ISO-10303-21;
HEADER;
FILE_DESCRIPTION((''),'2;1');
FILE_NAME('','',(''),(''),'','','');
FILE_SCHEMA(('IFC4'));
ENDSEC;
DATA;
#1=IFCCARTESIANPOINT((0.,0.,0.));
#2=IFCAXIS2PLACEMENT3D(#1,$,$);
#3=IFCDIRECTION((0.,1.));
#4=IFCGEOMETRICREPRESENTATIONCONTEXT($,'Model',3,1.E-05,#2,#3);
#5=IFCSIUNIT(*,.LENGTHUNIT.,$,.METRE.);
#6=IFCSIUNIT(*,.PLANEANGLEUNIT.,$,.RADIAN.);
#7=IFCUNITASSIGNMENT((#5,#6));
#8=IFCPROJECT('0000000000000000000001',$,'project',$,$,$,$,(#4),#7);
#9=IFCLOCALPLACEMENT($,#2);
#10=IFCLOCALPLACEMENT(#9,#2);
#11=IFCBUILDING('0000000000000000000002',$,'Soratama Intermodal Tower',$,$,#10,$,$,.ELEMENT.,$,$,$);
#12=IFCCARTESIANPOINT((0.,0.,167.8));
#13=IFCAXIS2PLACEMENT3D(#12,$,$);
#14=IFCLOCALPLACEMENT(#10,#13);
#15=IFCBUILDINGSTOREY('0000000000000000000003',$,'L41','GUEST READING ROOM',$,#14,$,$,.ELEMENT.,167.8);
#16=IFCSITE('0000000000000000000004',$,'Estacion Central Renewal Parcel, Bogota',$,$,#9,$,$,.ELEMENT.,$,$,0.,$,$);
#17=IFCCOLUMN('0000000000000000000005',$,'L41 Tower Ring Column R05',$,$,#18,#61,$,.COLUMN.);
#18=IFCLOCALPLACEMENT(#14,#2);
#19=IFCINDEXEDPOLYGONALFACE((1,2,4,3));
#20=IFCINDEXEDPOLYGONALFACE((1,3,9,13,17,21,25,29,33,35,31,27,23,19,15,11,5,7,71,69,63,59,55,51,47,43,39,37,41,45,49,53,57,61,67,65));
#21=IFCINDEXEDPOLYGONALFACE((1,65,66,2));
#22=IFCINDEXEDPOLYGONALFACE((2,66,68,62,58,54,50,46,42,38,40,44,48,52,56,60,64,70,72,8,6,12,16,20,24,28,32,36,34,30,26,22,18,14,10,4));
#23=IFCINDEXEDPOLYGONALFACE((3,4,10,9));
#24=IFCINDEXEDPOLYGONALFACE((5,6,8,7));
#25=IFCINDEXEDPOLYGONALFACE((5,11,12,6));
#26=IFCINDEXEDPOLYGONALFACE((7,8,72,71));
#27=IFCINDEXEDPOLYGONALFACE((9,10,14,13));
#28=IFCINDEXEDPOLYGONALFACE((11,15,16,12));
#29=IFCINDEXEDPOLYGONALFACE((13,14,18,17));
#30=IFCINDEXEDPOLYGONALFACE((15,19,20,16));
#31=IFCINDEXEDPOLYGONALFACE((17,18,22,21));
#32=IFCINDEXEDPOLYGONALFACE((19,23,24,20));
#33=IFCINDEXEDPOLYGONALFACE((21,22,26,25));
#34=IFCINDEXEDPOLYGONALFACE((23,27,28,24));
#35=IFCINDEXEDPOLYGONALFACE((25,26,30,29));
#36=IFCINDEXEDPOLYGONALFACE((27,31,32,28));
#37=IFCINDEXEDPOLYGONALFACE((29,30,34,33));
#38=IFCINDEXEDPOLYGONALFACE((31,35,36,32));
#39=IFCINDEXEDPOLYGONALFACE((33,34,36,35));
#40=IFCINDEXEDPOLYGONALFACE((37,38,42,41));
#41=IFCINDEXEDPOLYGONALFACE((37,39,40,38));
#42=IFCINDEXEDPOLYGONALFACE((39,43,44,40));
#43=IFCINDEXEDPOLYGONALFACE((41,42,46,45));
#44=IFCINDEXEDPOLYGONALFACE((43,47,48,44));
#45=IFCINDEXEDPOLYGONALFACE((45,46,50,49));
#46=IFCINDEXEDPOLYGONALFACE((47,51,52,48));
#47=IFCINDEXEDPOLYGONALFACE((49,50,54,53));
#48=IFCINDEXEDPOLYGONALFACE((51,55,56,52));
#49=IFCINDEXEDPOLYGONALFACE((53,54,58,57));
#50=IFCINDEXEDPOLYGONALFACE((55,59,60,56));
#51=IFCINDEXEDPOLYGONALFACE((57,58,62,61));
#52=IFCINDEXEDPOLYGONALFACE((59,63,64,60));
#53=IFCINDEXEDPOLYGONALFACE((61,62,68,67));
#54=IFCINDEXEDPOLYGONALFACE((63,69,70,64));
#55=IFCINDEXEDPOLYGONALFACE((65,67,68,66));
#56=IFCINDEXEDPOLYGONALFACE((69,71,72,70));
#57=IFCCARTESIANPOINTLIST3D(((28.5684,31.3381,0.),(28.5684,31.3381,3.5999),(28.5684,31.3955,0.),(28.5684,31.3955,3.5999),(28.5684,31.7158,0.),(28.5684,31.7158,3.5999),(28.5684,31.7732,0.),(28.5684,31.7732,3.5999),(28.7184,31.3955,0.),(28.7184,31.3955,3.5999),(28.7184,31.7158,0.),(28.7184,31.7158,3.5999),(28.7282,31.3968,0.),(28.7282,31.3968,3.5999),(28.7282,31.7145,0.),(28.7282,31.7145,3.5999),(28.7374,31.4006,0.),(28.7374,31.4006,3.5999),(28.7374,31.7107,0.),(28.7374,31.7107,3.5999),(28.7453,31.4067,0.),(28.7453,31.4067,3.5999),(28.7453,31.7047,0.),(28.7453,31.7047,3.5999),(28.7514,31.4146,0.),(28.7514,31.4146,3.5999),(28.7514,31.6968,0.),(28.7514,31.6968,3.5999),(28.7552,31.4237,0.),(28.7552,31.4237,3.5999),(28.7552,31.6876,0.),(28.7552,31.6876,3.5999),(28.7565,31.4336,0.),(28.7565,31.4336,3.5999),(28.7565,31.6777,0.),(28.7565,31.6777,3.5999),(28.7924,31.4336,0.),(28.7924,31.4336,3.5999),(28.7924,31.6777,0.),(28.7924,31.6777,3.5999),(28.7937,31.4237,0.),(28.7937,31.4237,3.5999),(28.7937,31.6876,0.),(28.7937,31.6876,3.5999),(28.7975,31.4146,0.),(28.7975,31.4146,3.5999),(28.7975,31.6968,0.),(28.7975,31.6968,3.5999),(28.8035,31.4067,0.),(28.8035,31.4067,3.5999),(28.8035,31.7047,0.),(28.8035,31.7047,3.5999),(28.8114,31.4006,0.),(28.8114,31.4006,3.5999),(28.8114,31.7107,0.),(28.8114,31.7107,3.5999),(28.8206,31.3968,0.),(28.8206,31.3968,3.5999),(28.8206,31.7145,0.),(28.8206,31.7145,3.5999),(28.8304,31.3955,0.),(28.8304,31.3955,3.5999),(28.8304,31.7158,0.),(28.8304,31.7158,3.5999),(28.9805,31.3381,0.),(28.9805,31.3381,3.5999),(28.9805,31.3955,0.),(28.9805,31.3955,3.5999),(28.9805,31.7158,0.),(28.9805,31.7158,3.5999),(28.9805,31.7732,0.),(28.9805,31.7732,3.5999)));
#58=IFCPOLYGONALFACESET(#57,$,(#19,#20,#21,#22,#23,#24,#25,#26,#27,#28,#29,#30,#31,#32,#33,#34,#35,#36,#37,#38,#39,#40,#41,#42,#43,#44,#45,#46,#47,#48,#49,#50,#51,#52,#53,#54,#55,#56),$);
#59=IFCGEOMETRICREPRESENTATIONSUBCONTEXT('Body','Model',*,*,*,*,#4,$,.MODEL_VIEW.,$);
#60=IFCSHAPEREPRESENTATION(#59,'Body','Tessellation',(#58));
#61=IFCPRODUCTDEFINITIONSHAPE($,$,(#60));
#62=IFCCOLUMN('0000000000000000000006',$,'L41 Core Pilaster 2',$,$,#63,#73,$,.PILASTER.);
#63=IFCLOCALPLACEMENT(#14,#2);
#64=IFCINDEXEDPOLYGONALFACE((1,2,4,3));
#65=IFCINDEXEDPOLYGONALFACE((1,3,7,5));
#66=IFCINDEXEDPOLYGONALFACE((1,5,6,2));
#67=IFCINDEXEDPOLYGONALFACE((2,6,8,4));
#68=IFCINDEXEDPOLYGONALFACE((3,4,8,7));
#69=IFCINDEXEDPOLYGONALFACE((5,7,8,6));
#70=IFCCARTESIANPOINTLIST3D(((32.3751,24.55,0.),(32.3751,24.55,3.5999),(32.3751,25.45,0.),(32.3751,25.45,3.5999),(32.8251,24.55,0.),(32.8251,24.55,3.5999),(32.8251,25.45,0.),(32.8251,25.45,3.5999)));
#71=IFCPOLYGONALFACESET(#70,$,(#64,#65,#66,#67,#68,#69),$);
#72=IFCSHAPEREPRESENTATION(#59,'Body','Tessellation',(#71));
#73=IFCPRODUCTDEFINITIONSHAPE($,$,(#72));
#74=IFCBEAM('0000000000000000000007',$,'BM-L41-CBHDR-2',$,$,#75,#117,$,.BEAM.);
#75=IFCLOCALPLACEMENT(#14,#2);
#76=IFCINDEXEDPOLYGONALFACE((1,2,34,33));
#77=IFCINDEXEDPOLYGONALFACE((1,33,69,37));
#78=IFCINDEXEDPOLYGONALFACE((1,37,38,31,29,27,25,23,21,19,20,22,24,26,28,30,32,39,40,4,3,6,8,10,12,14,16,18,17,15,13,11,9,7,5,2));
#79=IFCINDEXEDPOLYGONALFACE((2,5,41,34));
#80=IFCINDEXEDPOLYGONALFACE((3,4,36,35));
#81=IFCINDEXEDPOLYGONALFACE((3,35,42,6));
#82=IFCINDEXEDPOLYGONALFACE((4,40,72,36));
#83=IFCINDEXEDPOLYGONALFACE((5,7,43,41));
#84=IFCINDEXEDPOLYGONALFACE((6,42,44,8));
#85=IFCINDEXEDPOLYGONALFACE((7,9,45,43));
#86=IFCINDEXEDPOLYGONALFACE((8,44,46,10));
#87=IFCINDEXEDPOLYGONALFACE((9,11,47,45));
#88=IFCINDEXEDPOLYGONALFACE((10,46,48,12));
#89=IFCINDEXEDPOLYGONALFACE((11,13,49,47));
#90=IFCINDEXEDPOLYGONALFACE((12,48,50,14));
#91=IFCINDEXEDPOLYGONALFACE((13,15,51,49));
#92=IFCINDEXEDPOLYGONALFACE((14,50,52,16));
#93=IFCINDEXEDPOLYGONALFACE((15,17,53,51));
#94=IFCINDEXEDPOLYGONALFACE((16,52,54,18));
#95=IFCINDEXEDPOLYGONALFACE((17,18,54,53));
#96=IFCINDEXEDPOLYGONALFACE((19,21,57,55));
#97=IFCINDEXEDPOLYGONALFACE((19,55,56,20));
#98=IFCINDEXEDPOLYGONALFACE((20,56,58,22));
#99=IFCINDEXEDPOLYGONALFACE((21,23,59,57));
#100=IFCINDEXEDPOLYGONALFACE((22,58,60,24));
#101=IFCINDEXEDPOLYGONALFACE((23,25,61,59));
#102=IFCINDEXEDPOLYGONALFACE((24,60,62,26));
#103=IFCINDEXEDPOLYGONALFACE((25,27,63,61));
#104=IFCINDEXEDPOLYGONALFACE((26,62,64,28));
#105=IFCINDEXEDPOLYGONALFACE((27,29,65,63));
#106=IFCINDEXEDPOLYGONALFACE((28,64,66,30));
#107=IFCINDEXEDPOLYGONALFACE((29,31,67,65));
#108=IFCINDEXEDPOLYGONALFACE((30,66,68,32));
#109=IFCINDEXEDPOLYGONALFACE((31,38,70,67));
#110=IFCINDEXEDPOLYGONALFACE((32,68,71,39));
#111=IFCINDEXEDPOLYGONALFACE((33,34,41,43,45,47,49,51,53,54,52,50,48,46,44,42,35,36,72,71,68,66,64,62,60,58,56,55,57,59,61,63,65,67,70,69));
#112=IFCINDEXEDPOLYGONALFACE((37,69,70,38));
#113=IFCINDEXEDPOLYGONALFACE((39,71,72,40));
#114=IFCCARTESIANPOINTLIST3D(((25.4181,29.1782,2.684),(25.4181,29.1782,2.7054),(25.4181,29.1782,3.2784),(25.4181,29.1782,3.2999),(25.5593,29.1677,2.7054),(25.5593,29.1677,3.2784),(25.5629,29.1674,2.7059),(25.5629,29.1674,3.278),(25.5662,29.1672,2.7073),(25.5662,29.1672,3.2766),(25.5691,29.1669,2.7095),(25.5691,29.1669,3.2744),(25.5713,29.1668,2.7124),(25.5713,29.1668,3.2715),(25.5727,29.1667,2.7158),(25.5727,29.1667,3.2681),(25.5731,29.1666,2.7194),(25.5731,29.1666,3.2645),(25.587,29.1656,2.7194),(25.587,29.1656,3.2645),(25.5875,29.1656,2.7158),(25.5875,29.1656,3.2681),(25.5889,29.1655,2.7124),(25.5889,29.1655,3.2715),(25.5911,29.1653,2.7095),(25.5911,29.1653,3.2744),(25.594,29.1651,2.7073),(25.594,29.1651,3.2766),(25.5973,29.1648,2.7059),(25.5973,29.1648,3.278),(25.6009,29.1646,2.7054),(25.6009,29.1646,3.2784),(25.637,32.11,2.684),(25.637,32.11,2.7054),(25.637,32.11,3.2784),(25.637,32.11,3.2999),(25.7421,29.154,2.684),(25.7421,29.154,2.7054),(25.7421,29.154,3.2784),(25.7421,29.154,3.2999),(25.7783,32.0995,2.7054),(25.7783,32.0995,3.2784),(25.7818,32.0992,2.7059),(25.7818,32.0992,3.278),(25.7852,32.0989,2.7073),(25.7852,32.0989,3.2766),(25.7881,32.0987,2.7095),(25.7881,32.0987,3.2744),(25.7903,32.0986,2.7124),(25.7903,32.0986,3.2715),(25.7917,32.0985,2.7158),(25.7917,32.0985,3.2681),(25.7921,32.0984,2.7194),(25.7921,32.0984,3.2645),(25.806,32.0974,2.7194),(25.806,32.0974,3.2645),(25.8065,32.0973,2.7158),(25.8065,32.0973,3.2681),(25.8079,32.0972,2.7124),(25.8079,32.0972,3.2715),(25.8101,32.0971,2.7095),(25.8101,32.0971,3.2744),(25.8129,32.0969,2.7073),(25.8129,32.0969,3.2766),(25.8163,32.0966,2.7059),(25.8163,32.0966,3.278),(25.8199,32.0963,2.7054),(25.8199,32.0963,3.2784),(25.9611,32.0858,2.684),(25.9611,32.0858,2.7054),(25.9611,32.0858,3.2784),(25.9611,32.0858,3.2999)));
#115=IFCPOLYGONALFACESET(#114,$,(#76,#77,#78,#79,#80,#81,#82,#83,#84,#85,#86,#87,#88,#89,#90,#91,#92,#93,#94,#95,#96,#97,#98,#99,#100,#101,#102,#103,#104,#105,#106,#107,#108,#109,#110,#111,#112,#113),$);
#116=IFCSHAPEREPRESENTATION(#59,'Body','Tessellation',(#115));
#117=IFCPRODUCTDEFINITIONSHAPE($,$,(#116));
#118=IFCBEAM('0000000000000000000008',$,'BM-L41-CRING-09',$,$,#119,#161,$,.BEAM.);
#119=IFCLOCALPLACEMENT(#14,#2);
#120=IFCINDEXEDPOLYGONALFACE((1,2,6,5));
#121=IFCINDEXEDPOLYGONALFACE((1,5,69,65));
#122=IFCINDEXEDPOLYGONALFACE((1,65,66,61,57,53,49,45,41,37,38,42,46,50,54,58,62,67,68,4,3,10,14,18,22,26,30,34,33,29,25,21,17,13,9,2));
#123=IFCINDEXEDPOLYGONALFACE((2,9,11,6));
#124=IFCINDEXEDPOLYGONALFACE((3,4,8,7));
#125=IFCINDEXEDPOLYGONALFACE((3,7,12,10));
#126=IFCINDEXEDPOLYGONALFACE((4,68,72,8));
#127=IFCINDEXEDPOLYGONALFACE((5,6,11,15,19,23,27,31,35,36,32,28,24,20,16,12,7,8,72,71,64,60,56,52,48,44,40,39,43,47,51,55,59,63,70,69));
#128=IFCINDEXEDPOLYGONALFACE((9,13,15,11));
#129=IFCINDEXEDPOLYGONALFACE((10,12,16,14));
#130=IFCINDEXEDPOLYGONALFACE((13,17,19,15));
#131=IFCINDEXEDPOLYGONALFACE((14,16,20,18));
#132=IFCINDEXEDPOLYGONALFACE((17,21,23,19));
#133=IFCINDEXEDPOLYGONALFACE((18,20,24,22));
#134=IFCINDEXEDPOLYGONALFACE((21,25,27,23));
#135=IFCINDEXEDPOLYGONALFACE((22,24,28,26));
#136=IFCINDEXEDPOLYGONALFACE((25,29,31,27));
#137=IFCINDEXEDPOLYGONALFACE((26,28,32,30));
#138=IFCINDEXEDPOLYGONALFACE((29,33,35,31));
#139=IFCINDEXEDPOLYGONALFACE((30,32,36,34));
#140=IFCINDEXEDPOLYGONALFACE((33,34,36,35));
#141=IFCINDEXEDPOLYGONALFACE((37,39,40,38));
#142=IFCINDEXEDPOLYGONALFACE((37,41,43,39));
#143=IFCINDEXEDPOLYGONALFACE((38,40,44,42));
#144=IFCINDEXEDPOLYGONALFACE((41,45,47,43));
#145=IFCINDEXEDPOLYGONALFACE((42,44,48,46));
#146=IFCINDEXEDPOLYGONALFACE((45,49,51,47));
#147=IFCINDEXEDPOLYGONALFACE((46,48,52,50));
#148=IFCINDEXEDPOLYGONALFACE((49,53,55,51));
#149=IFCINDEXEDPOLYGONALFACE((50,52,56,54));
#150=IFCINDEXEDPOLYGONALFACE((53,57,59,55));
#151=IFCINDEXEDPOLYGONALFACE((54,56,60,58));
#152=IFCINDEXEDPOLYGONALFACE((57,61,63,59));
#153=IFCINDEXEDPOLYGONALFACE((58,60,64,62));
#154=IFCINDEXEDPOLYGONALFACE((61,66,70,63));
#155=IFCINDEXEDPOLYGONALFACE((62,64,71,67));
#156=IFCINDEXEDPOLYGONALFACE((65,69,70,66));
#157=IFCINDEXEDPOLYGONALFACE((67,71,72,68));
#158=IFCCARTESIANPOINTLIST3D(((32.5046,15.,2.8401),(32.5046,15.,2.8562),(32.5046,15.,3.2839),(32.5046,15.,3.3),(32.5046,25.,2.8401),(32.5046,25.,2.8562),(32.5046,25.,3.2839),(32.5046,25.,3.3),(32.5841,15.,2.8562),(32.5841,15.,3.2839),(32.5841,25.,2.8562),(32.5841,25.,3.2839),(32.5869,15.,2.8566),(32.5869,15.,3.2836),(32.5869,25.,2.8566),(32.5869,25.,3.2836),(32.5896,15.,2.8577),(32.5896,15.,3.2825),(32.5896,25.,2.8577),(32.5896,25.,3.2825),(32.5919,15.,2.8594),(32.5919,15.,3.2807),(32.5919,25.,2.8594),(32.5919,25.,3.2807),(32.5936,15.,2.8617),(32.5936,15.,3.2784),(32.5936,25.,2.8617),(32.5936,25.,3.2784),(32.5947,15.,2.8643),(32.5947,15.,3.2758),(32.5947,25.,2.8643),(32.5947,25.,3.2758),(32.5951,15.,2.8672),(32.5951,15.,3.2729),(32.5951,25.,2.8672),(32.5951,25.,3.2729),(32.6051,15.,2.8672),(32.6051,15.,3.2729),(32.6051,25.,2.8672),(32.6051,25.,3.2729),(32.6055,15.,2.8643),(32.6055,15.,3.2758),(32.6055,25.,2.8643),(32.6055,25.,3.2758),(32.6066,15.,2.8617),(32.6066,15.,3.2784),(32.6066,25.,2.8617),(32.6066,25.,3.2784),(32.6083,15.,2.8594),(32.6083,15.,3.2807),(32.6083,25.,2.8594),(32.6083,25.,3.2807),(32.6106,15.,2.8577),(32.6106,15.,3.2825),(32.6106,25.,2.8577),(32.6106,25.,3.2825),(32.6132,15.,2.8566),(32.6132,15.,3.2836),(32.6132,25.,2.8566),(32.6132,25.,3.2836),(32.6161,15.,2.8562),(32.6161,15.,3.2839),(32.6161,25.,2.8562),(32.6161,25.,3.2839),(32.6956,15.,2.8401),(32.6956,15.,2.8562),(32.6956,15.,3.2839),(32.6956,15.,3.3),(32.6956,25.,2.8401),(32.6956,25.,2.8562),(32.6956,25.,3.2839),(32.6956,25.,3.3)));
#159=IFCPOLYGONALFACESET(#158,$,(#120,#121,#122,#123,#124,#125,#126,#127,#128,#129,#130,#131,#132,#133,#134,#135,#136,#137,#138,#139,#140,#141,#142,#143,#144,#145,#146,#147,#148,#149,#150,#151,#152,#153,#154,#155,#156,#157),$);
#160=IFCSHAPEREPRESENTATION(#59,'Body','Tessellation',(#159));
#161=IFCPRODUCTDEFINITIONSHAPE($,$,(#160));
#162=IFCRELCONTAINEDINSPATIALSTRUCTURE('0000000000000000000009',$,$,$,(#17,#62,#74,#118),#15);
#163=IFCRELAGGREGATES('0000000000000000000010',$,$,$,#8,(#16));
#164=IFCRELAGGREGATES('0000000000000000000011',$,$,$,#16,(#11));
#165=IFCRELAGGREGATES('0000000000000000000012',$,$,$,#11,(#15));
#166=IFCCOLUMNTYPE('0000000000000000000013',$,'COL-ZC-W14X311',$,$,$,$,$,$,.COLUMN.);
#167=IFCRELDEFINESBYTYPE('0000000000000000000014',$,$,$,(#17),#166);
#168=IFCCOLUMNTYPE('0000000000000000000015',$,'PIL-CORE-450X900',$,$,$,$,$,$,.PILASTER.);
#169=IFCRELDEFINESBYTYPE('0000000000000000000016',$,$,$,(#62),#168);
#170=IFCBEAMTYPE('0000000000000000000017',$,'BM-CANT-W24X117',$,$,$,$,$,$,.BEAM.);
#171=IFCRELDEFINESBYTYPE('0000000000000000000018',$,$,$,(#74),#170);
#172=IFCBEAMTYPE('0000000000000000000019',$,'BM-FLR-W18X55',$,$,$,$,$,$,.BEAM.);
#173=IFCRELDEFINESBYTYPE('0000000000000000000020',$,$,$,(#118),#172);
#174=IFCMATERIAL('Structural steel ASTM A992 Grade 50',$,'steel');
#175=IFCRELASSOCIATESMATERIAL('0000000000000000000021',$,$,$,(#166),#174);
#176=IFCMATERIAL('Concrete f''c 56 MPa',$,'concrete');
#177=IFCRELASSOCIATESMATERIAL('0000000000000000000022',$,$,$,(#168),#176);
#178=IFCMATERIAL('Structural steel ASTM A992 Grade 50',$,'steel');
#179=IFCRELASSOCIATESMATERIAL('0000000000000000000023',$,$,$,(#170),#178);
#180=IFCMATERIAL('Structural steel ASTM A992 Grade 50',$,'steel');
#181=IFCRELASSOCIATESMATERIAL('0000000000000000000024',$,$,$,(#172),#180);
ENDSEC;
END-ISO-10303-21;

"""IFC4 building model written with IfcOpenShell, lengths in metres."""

from ifc_helpers import new_model, si_unit, direction, frame, origin, origin_2d, place, context, subcontext, project, spatial, rectangle, i_section, extrude, material, material_profile, profile_set, type_object, element, save


model = new_model("IFC4")

# Units and contexts
model_context = context("Model", 3, precision=1e-05, world=origin(), true_north=direction((0.0, 1.0)))
body_context = subcontext(model_context, "Body", "Model", "MODEL_VIEW")
ifc_project = project(units=[si_unit("LENGTHUNIT", "METRE"), si_unit("PLANEANGLEUNIT", "RADIAN")], contexts=[model_context])

# Site, building, storey
site_placement = place(None, origin())
site = spatial("IfcSite", under=ifc_project, at=site_placement, Name="Estacion Central Renewal Parcel, Bogota", CompositionType="ELEMENT", RefElevation=0.0)
building_placement = place(site_placement, origin())
building = spatial("IfcBuilding", under=site, at=building_placement, Name="Soratama Intermodal Tower", CompositionType="ELEMENT")
storey_placement = place(building_placement, frame((0.0, 0.0, 167.8)))
storey = spatial("IfcBuildingStorey", under=building, at=storey_placement, Name="L41", Description="GUEST READING ROOM", CompositionType="ELEMENT", Elevation=167.8)

# Columns
ifc_material_1 = material(Name="Structural steel ASTM A992 Grade 50", Category="steel")
ifc_material_profile_1 = material_profile(ifc_material_1, i_section(OverallWidth=0.4121, OverallDepth=0.4351, WebThickness=0.0359, FlangeThickness=0.0574, FilletRadius=0.0381, at=origin_2d()), Name="W14X311")
ifc_profile_set_1 = profile_set([ifc_material_profile_1], Name="Structural steel ASTM A992 Grade 50")
column_type_1 = type_object("IfcColumnType", Name="COL-ZC-W14X311", PredefinedType="COLUMN", material=ifc_profile_set_1)
column_1_placement = place(storey_placement, frame((28.7744, 31.5557, 0.0), z_axis=(0.0, 0.0, 1.0), x_axis=(1.0, 0.0, 0.0)))
element("IfcColumn", 1, at=column_1_placement, inside=storey, type_object=column_type_1, Name="L41 Tower Ring Column R05", PredefinedType="COLUMN", context=body_context, shape_type="SweptSolid", body=[
    extrude(i_section(OverallWidth=0.4121, OverallDepth=0.4351, WebThickness=0.0359, FlangeThickness=0.0574, FilletRadius=0.0381, at=origin_2d()), origin(), (0.0, 0.0, 1.0), 3.5999),
])
ifc_material_2 = material(Name="Concrete f'c 56 MPa", Category="concrete")
ifc_material_profile_2 = material_profile(ifc_material_2, rectangle(XDim=0.45, YDim=0.8999, at=origin_2d()), Name="RC450X900")
ifc_profile_set_2 = profile_set([ifc_material_profile_2], Name="Concrete f'c 56 MPa")
column_type_2 = type_object("IfcColumnType", Name="PIL-CORE-450X900", PredefinedType="PILASTER", material=ifc_profile_set_2)
column_2_placement = place(storey_placement, frame((32.6001, 25.0, 0.0), z_axis=(0.0, 0.0, 1.0), x_axis=(1.0, 0.0, 0.0)))
element("IfcColumn", 2, at=column_2_placement, inside=storey, type_object=column_type_2, Name="L41 Core Pilaster 2", PredefinedType="PILASTER", context=body_context, shape_type="SweptSolid", body=[
    extrude(rectangle(XDim=0.45, YDim=0.8999, at=origin_2d()), origin(), (0.0, 0.0, 1.0), 3.5999),
])

# Beams
ifc_material_3 = material(Name="Structural steel ASTM A992 Grade 50", Category="steel")
ifc_material_profile_3 = material_profile(ifc_material_3, i_section(OverallWidth=0.325, OverallDepth=0.616, WebThickness=0.0139, FlangeThickness=0.0215, FilletRadius=0.0139, at=origin_2d()), Name="W24X117")
ifc_profile_set_3 = profile_set([ifc_material_profile_3], Name="Structural steel ASTM A992 Grade 50")
beam_type_1 = type_object("IfcBeamType", Name="BM-CANT-W24X117", PredefinedType="BEAM", material=ifc_profile_set_3)
beam_1_placement = place(storey_placement, frame((25.7991, 32.0979, 2.9919), z_axis=(-0.074486, -0.997222, 0.0), x_axis=(0.997222, -0.074486, 0.0)))
element("IfcBeam", 3, at=beam_1_placement, inside=storey, type_object=beam_type_1, Name="BM-L41-CBHDR-2", PredefinedType="BEAM", context=body_context, shape_type="SweptSolid", body=[
    extrude(i_section(OverallWidth=0.325, OverallDepth=0.616, WebThickness=0.0139, FlangeThickness=0.0215, FilletRadius=0.0139, at=origin_2d()), origin(), (0.0, 0.0, 1.0), 2.9399),
])
ifc_material_4 = material(Name="Structural steel ASTM A992 Grade 50", Category="steel")
ifc_material_profile_4 = material_profile(ifc_material_4, i_section(OverallWidth=0.1909, OverallDepth=0.46, WebThickness=0.01, FlangeThickness=0.0161, FilletRadius=0.011, at=origin_2d()), Name="W18X55")
ifc_profile_set_4 = profile_set([ifc_material_profile_4], Name="Structural steel ASTM A992 Grade 50")
beam_type_2 = type_object("IfcBeamType", Name="BM-FLR-W18X55", PredefinedType="BEAM", material=ifc_profile_set_4)
beam_2_placement = place(storey_placement, frame((32.6001, 25.0, 3.0701), z_axis=(0.0, -1.0, 0.0), x_axis=(1.0, 0.0, 0.0)))
element("IfcBeam", 4, at=beam_2_placement, inside=storey, type_object=beam_type_2, Name="BM-L41-CRING-09", PredefinedType="BEAM", context=body_context, shape_type="SweptSolid", body=[
    extrude(i_section(OverallWidth=0.1909, OverallDepth=0.46, WebThickness=0.01, FlangeThickness=0.0161, FilletRadius=0.011, at=origin_2d()), origin(), (0.0, 0.0, 1.0), 10.0),
])

save(model, "model.ifc")
